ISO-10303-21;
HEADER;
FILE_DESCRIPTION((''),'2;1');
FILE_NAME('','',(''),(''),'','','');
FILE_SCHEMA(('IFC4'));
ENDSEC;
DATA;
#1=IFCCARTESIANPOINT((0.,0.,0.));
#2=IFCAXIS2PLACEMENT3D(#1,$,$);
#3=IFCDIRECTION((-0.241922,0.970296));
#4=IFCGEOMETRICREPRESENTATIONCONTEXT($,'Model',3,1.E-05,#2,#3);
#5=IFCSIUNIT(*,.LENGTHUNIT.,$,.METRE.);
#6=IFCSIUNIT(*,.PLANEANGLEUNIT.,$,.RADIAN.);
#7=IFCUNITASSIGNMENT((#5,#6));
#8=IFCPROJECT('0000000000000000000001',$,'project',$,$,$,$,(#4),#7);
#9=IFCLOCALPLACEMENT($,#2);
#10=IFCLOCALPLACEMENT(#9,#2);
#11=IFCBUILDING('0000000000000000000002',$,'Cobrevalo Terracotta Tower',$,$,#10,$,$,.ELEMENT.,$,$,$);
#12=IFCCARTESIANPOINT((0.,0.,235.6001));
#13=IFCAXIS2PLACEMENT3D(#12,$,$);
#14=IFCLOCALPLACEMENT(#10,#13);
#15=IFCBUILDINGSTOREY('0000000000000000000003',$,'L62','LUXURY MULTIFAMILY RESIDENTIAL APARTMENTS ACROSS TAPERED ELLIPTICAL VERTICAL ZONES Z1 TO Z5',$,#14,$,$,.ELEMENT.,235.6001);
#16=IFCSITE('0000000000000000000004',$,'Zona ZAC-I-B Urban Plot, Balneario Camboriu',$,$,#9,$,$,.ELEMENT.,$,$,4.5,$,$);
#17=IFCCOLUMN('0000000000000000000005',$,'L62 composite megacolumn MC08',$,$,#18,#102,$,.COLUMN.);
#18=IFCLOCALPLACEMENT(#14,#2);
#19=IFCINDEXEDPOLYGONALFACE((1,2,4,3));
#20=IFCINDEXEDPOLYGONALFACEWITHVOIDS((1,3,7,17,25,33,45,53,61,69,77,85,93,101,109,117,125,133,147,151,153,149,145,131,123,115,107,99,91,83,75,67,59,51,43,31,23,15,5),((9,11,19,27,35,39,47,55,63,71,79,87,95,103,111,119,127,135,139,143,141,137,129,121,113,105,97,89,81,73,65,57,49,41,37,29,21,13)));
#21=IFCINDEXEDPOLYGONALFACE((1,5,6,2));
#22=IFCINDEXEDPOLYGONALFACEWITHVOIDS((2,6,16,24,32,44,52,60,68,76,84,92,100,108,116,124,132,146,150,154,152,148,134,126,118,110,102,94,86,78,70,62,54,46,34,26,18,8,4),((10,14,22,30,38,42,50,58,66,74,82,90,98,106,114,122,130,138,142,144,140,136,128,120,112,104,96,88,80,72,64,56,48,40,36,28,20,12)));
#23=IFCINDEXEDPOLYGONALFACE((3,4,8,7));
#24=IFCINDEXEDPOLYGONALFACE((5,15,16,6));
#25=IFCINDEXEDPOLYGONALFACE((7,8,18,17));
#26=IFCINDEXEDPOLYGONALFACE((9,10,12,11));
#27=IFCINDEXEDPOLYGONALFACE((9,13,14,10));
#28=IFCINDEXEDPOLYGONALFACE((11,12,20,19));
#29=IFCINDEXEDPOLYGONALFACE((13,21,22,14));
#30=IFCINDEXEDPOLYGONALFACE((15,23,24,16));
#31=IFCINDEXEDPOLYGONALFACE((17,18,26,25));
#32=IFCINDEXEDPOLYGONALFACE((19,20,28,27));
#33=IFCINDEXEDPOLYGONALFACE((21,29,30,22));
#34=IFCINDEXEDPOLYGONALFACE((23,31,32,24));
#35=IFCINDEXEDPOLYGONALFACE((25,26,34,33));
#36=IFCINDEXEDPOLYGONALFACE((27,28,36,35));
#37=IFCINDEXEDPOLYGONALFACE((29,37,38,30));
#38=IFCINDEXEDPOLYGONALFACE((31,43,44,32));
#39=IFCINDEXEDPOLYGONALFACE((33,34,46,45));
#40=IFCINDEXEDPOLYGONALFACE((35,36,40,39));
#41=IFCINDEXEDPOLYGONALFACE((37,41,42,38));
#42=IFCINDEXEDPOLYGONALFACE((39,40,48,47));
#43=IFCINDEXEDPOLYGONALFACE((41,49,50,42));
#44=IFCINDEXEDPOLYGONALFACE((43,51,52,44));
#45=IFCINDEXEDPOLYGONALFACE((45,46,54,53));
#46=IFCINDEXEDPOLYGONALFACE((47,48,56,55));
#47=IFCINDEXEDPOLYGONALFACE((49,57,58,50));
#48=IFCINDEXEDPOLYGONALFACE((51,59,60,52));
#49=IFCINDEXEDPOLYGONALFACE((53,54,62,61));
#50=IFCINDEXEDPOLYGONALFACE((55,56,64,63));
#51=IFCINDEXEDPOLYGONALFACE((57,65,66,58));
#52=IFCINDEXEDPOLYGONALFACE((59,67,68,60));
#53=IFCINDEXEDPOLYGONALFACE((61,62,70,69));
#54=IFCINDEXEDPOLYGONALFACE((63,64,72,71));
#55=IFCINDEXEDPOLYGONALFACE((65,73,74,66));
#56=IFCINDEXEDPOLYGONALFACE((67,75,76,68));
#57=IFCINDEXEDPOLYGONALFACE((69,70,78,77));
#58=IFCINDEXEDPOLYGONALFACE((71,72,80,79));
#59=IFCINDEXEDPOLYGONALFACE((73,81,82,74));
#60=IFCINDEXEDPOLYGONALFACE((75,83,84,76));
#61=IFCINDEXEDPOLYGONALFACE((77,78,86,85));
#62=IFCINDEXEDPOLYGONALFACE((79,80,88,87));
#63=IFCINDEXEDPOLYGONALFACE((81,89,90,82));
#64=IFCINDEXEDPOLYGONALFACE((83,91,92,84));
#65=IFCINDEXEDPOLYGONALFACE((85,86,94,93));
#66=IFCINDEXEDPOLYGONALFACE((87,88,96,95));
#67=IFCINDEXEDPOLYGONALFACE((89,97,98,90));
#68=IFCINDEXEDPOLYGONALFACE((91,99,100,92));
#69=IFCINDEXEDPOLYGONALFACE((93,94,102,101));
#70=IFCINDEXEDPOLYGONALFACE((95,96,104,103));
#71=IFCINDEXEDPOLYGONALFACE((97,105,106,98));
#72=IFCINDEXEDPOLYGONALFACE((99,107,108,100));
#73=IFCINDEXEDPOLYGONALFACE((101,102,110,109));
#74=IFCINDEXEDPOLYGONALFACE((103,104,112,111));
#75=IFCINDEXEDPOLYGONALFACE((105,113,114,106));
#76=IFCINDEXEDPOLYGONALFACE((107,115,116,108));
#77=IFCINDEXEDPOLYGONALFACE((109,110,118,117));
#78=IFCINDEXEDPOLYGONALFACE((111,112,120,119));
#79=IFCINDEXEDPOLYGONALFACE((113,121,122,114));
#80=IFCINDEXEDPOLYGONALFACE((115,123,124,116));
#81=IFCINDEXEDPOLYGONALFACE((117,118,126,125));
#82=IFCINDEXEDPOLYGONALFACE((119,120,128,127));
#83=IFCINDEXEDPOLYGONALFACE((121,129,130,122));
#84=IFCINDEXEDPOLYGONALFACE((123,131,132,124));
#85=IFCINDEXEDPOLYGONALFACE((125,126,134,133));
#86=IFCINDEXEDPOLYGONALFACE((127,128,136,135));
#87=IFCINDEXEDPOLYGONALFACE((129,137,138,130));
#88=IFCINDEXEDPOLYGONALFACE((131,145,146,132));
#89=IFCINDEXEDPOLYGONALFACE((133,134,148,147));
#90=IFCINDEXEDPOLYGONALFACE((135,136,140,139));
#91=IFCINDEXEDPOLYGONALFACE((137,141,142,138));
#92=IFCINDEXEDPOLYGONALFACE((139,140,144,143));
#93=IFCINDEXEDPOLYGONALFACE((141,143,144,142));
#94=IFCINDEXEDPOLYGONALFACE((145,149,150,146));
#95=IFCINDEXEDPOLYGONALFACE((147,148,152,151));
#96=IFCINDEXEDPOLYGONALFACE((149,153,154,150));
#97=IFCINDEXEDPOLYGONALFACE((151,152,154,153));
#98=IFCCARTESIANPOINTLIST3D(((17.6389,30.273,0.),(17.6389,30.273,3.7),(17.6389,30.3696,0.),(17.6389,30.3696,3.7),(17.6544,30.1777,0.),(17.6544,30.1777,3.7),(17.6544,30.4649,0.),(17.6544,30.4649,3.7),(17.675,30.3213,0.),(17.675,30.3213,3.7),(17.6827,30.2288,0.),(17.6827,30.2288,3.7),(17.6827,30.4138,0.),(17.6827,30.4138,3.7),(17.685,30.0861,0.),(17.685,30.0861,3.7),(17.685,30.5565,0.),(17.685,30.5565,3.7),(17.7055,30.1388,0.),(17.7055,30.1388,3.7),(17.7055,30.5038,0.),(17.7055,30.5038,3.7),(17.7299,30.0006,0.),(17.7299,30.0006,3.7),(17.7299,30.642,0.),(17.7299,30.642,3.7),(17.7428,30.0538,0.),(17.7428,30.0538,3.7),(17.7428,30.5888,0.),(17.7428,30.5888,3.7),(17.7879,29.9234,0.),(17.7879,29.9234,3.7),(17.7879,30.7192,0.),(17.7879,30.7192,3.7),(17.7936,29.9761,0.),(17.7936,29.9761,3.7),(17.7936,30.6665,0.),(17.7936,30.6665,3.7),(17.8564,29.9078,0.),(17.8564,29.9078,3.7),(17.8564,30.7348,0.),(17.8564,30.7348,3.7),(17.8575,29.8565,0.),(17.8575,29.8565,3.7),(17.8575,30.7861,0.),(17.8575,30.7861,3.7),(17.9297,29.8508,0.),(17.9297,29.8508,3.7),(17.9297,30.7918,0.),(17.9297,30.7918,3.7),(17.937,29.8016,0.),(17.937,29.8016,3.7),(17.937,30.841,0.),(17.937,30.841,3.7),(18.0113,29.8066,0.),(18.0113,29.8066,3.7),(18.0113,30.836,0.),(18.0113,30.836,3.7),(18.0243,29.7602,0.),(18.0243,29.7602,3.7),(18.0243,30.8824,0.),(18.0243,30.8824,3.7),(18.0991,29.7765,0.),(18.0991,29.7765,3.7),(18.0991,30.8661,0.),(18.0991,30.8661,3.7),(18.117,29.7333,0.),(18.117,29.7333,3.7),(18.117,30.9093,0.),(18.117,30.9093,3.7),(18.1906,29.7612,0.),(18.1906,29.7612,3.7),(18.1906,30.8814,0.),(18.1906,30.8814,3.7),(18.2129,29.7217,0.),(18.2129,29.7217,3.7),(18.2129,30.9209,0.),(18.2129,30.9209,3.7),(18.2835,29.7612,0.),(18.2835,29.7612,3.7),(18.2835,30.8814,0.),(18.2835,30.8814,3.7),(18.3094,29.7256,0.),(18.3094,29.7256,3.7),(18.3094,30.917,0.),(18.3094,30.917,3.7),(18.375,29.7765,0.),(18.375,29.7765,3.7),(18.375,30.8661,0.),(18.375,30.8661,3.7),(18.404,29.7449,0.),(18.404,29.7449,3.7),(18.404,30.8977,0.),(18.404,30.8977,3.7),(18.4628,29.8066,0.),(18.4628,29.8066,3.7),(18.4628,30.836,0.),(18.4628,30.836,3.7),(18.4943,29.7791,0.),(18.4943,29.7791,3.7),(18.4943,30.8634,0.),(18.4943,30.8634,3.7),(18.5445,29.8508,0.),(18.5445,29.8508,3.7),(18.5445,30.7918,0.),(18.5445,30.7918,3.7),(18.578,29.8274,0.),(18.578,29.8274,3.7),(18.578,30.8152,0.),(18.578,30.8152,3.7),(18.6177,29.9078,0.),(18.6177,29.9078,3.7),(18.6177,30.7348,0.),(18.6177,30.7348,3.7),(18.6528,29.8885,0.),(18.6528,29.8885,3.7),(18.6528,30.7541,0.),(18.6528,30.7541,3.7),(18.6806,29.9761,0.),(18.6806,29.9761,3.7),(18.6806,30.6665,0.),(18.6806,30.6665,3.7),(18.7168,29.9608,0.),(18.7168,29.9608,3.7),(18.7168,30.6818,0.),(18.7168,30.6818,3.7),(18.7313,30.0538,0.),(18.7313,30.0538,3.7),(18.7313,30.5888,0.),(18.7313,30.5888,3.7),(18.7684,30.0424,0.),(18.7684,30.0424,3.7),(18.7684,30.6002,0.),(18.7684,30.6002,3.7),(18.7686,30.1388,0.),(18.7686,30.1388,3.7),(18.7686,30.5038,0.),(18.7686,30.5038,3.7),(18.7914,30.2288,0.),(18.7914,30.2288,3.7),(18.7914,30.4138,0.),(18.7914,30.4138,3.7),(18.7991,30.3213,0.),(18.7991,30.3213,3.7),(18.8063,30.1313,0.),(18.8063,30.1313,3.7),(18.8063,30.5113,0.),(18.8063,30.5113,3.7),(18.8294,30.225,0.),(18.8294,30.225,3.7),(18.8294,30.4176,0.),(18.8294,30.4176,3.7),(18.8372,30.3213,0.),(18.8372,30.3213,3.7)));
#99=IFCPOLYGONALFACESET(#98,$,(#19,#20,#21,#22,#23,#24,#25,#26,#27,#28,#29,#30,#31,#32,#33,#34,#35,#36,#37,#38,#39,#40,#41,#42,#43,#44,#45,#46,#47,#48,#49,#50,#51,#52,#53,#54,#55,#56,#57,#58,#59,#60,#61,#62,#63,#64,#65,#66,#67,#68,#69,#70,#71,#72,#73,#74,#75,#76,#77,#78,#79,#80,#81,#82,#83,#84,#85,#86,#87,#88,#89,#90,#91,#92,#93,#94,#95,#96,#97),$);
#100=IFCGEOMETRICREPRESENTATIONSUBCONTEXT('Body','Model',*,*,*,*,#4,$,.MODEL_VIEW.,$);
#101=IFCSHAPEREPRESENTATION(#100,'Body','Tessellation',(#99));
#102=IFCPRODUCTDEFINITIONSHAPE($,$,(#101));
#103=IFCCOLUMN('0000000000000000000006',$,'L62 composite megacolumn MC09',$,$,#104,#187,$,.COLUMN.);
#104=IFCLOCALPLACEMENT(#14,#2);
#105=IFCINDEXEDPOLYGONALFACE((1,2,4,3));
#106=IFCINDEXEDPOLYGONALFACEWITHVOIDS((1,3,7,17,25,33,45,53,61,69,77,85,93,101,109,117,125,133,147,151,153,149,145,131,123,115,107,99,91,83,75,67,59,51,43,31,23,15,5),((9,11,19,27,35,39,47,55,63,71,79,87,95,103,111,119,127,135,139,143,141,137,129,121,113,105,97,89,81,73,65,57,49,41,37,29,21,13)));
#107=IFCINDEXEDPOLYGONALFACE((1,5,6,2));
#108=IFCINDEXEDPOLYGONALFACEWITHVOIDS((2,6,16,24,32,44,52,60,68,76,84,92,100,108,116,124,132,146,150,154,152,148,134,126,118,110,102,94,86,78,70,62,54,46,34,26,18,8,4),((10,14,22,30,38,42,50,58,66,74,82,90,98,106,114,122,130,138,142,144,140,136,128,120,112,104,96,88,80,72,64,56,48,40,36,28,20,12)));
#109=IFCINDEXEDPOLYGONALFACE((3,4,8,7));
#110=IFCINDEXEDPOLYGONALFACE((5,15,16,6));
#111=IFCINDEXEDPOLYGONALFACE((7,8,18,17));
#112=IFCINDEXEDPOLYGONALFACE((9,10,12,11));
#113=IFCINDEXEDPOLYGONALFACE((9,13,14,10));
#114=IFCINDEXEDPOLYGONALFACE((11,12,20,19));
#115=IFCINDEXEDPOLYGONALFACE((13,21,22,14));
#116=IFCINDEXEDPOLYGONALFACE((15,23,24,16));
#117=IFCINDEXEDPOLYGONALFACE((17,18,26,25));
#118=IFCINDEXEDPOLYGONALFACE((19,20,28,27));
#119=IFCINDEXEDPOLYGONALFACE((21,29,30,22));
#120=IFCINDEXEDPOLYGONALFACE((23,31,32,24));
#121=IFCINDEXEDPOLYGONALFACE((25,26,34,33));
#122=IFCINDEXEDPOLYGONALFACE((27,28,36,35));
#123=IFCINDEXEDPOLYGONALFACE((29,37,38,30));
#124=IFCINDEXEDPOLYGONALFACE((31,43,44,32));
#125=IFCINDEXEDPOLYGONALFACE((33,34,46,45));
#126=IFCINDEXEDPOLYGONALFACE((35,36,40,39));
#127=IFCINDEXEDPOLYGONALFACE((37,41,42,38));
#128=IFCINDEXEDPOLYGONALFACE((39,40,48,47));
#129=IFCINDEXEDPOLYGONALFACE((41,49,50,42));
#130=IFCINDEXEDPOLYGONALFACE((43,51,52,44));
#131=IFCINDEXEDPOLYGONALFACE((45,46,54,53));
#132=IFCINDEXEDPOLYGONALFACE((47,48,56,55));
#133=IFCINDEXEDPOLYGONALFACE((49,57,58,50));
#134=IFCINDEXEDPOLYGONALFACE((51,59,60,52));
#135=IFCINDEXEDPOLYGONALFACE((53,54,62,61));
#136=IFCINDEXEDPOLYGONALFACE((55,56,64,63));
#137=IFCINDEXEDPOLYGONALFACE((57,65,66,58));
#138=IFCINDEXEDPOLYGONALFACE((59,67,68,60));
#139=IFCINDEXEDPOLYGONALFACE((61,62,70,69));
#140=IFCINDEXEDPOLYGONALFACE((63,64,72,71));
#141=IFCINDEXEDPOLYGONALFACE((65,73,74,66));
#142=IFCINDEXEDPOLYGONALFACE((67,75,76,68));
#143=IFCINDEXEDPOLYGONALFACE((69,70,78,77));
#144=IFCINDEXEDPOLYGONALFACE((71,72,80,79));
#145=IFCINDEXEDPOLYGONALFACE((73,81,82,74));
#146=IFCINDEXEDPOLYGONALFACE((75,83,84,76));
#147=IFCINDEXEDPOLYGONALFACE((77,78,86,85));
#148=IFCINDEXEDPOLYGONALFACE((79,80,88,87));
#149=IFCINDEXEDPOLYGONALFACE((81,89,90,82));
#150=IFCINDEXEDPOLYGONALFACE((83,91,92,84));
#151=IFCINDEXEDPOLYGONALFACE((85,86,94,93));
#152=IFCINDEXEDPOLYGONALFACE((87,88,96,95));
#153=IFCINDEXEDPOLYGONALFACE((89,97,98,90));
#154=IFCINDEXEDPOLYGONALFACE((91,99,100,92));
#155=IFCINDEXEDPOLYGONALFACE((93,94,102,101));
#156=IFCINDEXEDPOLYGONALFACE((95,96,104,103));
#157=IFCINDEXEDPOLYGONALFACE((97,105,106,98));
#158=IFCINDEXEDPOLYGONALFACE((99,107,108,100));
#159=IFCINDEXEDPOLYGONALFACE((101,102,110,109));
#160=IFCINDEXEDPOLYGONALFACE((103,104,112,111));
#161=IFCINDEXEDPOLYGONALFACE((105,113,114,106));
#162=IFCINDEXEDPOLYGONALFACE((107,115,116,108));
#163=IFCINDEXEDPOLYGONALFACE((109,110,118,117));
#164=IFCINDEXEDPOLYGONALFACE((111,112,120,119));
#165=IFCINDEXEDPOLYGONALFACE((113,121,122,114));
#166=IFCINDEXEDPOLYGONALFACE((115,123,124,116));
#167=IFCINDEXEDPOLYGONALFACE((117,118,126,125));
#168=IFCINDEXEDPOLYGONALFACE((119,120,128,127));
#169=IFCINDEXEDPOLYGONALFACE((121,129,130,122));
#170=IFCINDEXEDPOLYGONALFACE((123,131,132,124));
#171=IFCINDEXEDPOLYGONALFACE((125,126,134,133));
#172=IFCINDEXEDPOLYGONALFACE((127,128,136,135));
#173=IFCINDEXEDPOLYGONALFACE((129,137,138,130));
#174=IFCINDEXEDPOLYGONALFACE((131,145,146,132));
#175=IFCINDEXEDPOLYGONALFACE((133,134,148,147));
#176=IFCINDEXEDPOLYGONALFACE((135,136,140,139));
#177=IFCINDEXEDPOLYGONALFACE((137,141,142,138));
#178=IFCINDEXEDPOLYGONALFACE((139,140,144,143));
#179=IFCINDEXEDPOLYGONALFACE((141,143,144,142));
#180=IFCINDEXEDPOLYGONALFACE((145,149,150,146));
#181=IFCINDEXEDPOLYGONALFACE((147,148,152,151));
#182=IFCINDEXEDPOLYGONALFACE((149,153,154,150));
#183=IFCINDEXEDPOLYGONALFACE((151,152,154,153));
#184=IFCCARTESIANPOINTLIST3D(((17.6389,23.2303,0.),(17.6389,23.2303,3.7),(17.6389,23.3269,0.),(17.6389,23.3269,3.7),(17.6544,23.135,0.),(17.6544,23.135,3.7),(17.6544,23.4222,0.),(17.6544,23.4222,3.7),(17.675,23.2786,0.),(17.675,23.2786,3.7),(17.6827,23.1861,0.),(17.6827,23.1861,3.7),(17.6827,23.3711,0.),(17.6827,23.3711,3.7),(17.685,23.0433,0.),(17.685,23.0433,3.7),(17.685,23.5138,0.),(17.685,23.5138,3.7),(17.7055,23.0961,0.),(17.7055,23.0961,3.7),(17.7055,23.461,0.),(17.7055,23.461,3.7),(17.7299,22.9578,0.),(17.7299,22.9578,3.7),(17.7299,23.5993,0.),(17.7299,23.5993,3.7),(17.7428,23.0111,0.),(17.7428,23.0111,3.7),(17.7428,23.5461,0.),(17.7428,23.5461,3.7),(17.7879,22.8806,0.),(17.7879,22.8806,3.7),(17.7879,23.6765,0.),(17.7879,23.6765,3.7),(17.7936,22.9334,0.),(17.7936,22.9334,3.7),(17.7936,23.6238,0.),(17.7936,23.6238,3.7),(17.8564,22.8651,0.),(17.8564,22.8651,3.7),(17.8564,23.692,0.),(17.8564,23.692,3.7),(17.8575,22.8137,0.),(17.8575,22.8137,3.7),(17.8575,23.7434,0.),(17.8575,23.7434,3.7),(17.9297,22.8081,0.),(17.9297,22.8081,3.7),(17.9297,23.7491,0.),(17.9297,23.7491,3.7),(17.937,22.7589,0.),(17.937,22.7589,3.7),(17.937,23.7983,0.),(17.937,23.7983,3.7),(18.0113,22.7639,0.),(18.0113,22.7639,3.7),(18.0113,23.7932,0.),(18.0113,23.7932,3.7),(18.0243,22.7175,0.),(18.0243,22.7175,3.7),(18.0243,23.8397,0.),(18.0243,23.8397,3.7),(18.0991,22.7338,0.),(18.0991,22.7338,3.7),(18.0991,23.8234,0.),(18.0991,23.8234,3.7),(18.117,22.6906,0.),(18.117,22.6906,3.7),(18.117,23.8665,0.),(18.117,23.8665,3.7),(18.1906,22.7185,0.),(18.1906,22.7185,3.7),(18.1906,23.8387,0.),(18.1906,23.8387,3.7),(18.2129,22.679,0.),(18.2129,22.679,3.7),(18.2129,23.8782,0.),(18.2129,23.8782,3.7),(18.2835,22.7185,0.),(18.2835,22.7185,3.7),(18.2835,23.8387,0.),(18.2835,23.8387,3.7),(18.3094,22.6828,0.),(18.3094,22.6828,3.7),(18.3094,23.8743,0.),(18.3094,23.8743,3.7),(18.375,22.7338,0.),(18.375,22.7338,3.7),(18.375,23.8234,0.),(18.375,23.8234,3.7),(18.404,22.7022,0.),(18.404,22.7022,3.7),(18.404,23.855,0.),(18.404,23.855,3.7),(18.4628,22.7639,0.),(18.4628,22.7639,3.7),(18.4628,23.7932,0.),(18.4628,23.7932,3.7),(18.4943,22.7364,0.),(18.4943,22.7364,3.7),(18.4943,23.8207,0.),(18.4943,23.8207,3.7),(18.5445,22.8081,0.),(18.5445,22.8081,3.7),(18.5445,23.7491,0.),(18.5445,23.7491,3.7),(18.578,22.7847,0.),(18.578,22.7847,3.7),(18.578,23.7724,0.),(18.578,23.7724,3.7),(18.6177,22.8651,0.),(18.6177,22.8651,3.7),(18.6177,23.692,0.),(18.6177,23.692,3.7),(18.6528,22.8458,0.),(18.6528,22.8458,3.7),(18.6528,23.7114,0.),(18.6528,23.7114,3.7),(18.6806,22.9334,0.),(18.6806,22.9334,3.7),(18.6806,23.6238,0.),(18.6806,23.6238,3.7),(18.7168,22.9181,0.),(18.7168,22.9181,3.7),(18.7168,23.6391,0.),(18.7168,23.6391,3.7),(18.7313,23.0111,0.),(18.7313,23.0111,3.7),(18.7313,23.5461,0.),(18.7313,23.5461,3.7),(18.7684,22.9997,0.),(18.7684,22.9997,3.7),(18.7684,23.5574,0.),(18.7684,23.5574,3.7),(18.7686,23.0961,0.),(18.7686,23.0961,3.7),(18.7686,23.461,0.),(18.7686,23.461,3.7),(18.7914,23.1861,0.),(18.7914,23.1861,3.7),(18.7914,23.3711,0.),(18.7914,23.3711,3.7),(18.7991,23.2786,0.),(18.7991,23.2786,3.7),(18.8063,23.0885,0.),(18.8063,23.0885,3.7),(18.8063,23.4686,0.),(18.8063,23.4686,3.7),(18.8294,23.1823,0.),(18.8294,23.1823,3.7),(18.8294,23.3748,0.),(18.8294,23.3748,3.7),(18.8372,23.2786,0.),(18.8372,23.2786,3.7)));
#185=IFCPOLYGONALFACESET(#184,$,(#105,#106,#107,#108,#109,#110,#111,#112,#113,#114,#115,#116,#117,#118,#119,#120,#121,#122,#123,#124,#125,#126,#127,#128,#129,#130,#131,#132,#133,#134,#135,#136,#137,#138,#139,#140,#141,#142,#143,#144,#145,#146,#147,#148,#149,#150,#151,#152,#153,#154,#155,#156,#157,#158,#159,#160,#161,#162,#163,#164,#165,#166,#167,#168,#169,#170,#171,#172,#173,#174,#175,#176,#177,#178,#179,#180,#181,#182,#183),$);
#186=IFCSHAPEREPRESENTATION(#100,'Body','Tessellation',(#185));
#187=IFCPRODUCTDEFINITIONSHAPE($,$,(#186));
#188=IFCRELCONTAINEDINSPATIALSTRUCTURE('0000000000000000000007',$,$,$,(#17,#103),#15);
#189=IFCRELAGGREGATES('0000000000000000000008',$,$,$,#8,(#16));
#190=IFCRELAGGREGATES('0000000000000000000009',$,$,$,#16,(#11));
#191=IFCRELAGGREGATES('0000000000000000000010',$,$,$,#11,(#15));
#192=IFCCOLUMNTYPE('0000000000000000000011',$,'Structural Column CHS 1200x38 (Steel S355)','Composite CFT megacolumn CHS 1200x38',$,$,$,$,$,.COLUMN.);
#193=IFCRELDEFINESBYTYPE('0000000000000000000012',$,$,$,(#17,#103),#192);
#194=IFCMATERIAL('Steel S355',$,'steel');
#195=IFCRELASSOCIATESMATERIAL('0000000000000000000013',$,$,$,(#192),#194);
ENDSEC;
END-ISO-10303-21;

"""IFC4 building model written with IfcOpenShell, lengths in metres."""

from ifc_helpers import new_model, si_unit, direction, frame, origin, origin_2d, place, context, subcontext, project, spatial, hollow_circle, extrude, material, material_profile, profile_set, type_object, element, save


model = new_model("IFC4")

# Units and contexts
model_context = context("Model", 3, precision=1e-05, world=origin(), true_north=direction((-0.241922, 0.970296)))
body_context = subcontext(model_context, "Body", "Model", "MODEL_VIEW")
ifc_project = project(units=[si_unit("LENGTHUNIT", "METRE"), si_unit("PLANEANGLEUNIT", "RADIAN")], contexts=[model_context])

# Site, building, storey
site_placement = place(None, origin())
site = spatial("IfcSite", under=ifc_project, at=site_placement, Name="Zona ZAC-I-B Urban Plot, Balneario Camboriu", CompositionType="ELEMENT", RefElevation=4.5)
building_placement = place(site_placement, origin())
building = spatial("IfcBuilding", under=site, at=building_placement, Name="Cobrevalo Terracotta Tower", CompositionType="ELEMENT")
storey_placement = place(building_placement, frame((0.0, 0.0, 235.6001)))
storey = spatial("IfcBuildingStorey", under=building, at=storey_placement, Name="L62", Description="LUXURY MULTIFAMILY RESIDENTIAL APARTMENTS ACROSS TAPERED ELLIPTICAL VERTICAL ZONES Z1 TO Z5", CompositionType="ELEMENT", Elevation=235.6001)

# Columns
ifc_material_1 = material(Name="Steel S355", Category="steel")
ifc_material_profile_1 = material_profile(ifc_material_1, hollow_circle(Radius=0.6001, WallThickness=0.0381, at=origin_2d()), Name="CHS 1200x38")
ifc_profile_set_1 = profile_set([ifc_material_profile_1], Name="Steel S355")
column_type = type_object("IfcColumnType", Name="Structural Column CHS 1200x38 (Steel S355)", Description="Composite CFT megacolumn CHS 1200x38", PredefinedType="COLUMN", material=ifc_profile_set_1)
for number, where, z_axis, x_axis, name in (
    (1, (18.2371, 30.3213, 0.0), (0.0, 0.0, 1.0), (1.0, 0.0, 0.0), "L62 composite megacolumn MC08"),
    (2, (18.2371, 23.2786, 0.0), (0.0, 0.0, 1.0), (1.0, 0.0, 0.0), "L62 composite megacolumn MC09"),
):
    element("IfcColumn", number, at=place(storey_placement, frame(where, z_axis=z_axis, x_axis=x_axis)), inside=storey, type_object=column_type, Name=name, PredefinedType="COLUMN", context=body_context, shape_type="SweptSolid", body=[
        extrude(hollow_circle(Radius=0.6001, WallThickness=0.0381, at=origin_2d()), origin(), (0.0, 0.0, 1.0), 3.7),
    ])

save(model, "model.ifc")
